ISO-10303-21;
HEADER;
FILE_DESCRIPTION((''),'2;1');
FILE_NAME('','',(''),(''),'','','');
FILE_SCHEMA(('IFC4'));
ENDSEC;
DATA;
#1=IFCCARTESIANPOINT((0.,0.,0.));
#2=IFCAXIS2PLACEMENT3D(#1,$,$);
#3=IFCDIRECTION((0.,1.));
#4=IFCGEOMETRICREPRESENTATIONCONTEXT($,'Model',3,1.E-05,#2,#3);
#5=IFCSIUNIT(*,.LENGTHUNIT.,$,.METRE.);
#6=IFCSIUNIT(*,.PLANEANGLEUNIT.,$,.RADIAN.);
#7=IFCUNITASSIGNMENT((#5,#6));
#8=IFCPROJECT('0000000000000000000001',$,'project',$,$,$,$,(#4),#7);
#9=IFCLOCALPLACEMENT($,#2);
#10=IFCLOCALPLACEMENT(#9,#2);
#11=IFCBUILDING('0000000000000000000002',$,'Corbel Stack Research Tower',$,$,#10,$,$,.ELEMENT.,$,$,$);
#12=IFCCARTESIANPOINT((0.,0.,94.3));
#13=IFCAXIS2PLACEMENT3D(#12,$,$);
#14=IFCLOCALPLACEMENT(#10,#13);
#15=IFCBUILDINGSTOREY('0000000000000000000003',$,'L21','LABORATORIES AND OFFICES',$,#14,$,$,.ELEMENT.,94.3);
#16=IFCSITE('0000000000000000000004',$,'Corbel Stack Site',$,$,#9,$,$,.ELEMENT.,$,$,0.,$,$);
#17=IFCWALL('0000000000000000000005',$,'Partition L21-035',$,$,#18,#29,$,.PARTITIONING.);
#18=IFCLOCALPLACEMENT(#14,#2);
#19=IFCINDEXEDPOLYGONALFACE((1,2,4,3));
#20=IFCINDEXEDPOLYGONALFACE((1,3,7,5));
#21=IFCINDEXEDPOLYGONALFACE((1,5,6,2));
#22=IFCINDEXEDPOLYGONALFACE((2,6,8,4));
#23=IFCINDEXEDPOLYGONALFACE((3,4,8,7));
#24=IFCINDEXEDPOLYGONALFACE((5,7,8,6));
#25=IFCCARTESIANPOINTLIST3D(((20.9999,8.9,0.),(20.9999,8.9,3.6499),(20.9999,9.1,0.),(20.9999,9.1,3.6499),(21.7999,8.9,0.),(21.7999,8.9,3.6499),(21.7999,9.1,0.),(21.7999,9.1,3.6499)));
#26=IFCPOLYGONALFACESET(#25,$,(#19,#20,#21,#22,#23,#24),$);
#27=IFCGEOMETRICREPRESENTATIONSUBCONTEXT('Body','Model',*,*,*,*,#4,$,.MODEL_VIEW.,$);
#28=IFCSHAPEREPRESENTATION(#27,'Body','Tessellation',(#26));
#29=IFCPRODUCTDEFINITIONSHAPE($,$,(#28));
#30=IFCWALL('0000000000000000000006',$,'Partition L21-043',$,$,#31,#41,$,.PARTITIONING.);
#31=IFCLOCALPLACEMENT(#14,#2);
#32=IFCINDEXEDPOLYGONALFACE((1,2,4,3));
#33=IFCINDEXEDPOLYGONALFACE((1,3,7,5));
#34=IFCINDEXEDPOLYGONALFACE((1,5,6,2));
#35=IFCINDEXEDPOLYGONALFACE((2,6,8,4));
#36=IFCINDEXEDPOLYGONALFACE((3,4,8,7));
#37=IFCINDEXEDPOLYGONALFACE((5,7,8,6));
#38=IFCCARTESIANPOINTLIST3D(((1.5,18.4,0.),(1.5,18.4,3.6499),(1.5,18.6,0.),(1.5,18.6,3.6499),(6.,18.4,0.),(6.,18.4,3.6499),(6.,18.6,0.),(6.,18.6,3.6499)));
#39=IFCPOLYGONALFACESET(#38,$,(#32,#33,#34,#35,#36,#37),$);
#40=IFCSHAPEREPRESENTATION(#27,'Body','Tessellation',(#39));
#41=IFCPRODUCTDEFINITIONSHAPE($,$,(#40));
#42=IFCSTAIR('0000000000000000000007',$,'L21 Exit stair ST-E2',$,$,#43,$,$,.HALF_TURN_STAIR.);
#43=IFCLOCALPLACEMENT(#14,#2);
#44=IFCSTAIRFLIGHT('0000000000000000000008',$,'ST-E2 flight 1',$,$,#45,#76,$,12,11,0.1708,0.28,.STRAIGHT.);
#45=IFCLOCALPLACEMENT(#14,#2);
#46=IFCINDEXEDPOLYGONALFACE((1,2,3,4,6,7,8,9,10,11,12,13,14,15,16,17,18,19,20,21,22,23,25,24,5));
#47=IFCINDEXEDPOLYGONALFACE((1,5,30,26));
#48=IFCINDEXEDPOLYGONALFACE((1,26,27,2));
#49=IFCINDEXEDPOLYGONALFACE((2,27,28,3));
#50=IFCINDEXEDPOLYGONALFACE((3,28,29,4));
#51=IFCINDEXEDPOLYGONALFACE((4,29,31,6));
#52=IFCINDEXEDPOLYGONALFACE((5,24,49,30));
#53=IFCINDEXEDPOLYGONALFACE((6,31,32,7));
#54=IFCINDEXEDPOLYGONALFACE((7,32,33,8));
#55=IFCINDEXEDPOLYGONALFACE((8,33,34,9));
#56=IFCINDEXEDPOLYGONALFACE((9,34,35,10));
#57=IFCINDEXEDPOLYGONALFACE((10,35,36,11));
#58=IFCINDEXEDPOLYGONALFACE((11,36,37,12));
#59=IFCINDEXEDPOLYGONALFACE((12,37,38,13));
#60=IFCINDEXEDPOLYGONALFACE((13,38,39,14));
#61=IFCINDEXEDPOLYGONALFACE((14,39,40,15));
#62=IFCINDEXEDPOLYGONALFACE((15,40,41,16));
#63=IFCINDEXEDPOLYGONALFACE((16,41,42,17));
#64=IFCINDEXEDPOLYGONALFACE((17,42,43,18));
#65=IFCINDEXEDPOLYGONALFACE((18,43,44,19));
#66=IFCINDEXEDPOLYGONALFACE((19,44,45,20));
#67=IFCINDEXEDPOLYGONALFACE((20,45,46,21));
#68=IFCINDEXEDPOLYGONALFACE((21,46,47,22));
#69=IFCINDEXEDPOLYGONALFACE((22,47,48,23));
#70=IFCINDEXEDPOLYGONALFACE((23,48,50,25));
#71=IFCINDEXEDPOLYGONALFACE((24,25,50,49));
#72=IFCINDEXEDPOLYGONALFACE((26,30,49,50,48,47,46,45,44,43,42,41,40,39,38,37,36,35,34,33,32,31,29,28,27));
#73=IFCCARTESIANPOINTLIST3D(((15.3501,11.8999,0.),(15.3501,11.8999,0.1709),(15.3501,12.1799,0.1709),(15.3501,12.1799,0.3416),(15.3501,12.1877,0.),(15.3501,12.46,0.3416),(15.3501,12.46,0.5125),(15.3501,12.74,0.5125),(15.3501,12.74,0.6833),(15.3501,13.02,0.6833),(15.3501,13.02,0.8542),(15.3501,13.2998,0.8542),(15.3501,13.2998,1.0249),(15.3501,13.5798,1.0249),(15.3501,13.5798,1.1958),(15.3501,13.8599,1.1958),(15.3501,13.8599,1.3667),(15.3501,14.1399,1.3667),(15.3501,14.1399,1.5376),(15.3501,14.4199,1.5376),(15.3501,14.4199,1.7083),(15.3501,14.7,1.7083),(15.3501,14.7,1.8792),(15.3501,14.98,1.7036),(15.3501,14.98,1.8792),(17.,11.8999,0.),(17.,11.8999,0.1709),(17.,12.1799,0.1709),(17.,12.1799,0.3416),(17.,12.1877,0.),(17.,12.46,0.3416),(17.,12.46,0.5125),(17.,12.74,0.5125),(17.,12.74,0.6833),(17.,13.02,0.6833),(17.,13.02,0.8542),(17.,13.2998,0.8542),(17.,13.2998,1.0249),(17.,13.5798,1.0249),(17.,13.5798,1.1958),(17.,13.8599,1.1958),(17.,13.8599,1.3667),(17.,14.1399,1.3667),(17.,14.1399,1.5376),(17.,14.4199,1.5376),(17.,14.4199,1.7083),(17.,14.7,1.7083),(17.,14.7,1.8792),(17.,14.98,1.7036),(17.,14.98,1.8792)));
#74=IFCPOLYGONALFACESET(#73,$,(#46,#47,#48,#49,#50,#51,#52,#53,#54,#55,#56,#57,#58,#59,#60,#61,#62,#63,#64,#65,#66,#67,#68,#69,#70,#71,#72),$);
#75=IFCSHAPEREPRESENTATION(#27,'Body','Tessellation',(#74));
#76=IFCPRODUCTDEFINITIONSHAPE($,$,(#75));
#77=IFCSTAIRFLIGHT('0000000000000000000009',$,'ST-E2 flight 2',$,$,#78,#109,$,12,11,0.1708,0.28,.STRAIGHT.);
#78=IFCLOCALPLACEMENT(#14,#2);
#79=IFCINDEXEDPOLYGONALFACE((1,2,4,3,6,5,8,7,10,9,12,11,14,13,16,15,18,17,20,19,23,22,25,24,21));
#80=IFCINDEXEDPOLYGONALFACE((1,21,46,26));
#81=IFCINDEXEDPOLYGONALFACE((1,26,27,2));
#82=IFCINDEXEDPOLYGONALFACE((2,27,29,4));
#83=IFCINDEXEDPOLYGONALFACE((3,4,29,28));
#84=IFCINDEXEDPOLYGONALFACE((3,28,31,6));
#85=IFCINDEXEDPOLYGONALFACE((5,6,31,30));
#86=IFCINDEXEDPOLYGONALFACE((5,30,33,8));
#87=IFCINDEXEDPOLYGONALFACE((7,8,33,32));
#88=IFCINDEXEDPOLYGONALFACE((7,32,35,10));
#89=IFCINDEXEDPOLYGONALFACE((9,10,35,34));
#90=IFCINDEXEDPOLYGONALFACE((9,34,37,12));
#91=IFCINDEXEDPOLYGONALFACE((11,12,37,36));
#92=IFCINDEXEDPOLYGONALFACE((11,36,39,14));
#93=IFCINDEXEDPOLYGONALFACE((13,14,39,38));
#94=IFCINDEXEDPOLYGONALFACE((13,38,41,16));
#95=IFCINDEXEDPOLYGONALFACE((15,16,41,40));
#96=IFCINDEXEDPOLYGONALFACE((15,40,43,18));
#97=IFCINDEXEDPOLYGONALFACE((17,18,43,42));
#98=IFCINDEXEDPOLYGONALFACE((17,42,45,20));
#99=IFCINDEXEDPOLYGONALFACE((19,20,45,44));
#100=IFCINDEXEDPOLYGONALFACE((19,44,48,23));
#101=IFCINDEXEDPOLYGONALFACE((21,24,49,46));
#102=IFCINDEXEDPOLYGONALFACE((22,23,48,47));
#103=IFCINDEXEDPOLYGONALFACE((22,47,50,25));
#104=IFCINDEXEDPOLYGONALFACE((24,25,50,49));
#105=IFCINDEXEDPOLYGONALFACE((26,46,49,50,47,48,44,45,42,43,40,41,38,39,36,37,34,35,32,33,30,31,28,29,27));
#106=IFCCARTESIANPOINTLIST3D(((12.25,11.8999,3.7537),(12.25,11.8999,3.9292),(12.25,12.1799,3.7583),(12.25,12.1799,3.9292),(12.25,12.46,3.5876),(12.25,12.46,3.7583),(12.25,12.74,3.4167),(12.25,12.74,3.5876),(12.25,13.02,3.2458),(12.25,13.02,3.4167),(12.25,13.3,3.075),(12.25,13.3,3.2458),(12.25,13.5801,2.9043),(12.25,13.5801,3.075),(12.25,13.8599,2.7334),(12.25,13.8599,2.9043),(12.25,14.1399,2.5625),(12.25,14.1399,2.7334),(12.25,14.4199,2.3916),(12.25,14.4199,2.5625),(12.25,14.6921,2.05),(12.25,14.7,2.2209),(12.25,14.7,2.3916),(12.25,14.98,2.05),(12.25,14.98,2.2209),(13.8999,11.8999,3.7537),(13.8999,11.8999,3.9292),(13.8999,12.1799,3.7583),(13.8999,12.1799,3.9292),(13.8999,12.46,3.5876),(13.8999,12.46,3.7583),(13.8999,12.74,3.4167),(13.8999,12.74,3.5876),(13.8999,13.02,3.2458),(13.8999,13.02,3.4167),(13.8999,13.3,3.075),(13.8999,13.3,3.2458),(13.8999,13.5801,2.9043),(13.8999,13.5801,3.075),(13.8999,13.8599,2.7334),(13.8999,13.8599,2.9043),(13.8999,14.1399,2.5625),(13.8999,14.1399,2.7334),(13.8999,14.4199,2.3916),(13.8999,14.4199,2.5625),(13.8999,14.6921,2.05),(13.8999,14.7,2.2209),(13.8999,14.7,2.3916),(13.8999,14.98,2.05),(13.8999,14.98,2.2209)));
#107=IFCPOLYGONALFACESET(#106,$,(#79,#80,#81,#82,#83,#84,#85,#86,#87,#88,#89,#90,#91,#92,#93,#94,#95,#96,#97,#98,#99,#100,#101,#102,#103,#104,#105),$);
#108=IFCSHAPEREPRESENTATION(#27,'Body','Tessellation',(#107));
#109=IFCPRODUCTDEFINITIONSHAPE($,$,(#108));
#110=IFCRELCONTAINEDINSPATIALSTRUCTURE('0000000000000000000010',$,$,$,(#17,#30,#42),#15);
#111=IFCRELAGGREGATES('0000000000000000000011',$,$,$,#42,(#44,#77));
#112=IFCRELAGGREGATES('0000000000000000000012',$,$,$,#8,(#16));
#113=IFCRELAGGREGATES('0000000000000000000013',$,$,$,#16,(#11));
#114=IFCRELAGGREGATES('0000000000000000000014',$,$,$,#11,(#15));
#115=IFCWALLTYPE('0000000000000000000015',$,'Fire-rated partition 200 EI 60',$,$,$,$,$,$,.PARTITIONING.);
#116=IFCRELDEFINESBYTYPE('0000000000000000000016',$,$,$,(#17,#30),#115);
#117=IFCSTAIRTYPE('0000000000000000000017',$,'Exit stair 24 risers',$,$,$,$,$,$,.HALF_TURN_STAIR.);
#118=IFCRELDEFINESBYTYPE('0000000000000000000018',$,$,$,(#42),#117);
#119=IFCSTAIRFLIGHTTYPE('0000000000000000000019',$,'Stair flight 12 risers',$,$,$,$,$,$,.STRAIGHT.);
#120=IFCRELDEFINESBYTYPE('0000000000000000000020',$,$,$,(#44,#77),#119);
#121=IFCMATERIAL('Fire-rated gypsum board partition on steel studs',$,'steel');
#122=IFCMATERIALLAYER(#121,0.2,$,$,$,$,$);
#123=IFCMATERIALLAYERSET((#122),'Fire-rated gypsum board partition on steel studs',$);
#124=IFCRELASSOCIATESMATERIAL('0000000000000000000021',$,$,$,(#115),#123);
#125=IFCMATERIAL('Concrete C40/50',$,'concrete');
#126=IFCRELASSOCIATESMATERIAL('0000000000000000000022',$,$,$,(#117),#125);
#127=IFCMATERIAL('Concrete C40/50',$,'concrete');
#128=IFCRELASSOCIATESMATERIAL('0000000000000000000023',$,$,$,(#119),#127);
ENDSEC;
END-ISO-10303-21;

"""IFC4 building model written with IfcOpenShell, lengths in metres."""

from ifc_helpers import new_model, si_unit, direction, frame, frame_2d, origin, place, context, subcontext, project, spatial, polyline, rectangle, outline, extrude, material, layer, layer_set, type_object, element, aggregate, save


model = new_model("IFC4")

# Units and contexts
model_context = context("Model", 3, precision=1e-05, world=origin(), true_north=direction((0.0, 1.0)))
body_context = subcontext(model_context, "Body", "Model", "MODEL_VIEW")
ifc_project = project(units=[si_unit("LENGTHUNIT", "METRE"), si_unit("PLANEANGLEUNIT", "RADIAN")], contexts=[model_context])

# Site, building, storey
site_placement = place(None, origin())
site = spatial("IfcSite", under=ifc_project, at=site_placement, Name="Corbel Stack Site", CompositionType="ELEMENT", RefElevation=0.0)
building_placement = place(site_placement, origin())
building = spatial("IfcBuilding", under=site, at=building_placement, Name="Corbel Stack Research Tower", CompositionType="ELEMENT")
storey_placement = place(building_placement, frame((0.0, 0.0, 94.3)))
storey = spatial("IfcBuildingStorey", under=building, at=storey_placement, Name="L21", Description="LABORATORIES AND OFFICES", CompositionType="ELEMENT", Elevation=94.3)

# Walls
ifc_material_1 = material(Name="Fire-rated gypsum board partition on steel studs", Category="steel")
ifc_layer_1 = layer(ifc_material_1, 0.2)
ifc_layer_set_1 = layer_set([ifc_layer_1], Name="Fire-rated gypsum board partition on steel studs")
wall_type_1 = type_object("IfcWallType", Name="Fire-rated partition 200 EI 60", PredefinedType="PARTITIONING", material=ifc_layer_set_1)
wall_1_placement = place(storey_placement, frame((21.0, 9.0, 0.0), z_axis=(0.0, 0.0, 1.0), x_axis=(1.0, 0.0, 0.0)))
element("IfcWall", 1, at=wall_1_placement, inside=storey, type_object=wall_type_1, Name="Partition L21-035", PredefinedType="PARTITIONING", context=body_context, shape_type="SweptSolid", body=[
    extrude(rectangle(XDim=0.8, YDim=0.2, at=frame_2d((0.3999, 0.0))), origin(), (0.0, 0.0, 1.0), 3.6499),
])
wall_2_placement = place(storey_placement, frame((1.5, 18.5, 0.0), z_axis=(0.0, 0.0, 1.0), x_axis=(1.0, 0.0, 0.0)))
element("IfcWall", 2, at=wall_2_placement, inside=storey, type_object=wall_type_1, Name="Partition L21-043", PredefinedType="PARTITIONING", context=body_context, shape_type="SweptSolid", body=[
    extrude(rectangle(XDim=4.5, YDim=0.2, at=frame_2d((2.25, 0.0))), origin(), (0.0, 0.0, 1.0), 3.6499),
])

# Stair, stair flights
ifc_material_2 = material(Name="Concrete C40/50", Category="concrete")
stair_type = type_object("IfcStairType", Name="Exit stair 24 risers", PredefinedType="HALF_TURN_STAIR", material=ifc_material_2)
stair_placement = place(storey_placement, origin())
stair = element("IfcStair", 3, at=stair_placement, inside=storey, type_object=stair_type, Name="L21 Exit stair ST-E2", PredefinedType="HALF_TURN_STAIR")
ifc_material_3 = material(Name="Concrete C40/50", Category="concrete")
stair_flight_type = type_object("IfcStairFlightType", Name="Stair flight 12 risers", PredefinedType="STRAIGHT", material=ifc_material_3)
stair_flight_1_placement = place(storey_placement, frame((16.175, 11.8999, 0.0), z_axis=(0.0, 0.0, 1.0), x_axis=(0.0, 1.0, 0.0)))
stair_flight_1 = element("IfcStairFlight", 4, at=stair_flight_1_placement, type_object=stair_flight_type, Name="ST-E2 flight 1", NumberOfRisers=12, NumberOfTreads=11, PredefinedType="STRAIGHT", RiserHeight=0.1708, TreadLength=0.28, context=body_context, shape_type="SweptSolid", body=[
    extrude(outline(polyline([(0.0, 0.0), (0.0, 0.1709), (0.28, 0.1709), (0.28, 0.3416), (0.5601, 0.3416), (0.5601, 0.5125), (0.8401, 0.5125), (0.8401, 0.6833), (1.1201, 0.6833), (1.1201, 0.8542), (1.3999, 0.8542), (1.3999, 1.0249), (1.6799, 1.0249), (1.6799, 1.1958), (1.96, 1.1958), (1.96, 1.3667), (2.24, 1.3667), (2.24, 1.5376), (2.52, 1.5376), (2.52, 1.7083), (2.8, 1.7083), (2.8, 1.8792), (3.0801, 1.8792), (3.0801, 2.05), (3.0801, 1.7036), (0.2878, 0.0), (0.0, 0.0)])), frame((0.0, 0.825, 0.0), z_axis=(0.0, -1.0, 0.0), x_axis=(1.0, 0.0, 0.0)), (0.0, 0.0, 1.0), 1.6499),
])
stair_flight_2_placement = place(storey_placement, frame((13.075, 14.98, 2.05), z_axis=(0.0, 0.0, 1.0), x_axis=(0.0, -1.0, 0.0)))
stair_flight_2 = element("IfcStairFlight", 5, at=stair_flight_2_placement, type_object=stair_flight_type, Name="ST-E2 flight 2", NumberOfRisers=12, NumberOfTreads=11, PredefinedType="STRAIGHT", RiserHeight=0.1708, TreadLength=0.28, context=body_context, shape_type="SweptSolid", body=[
    extrude(outline(polyline([(0.0, 0.0), (0.0, 0.1709), (0.28, 0.1709), (0.28, 0.3416), (0.5601, 0.3416), (0.5601, 0.5125), (0.8401, 0.5125), (0.8401, 0.6833), (1.1201, 0.6833), (1.1201, 0.8542), (1.3999, 0.8542), (1.3999, 1.0249), (1.6799, 1.0249), (1.6799, 1.1958), (1.96, 1.1958), (1.96, 1.3667), (2.24, 1.3667), (2.24, 1.5376), (2.52, 1.5376), (2.52, 1.7083), (2.8, 1.7083), (2.8, 1.8792), (3.0801, 1.8792), (3.0801, 2.05), (3.0801, 1.7036), (0.2878, 0.0), (0.0, 0.0)])), frame((0.0, 0.825, 0.0), z_axis=(0.0, -1.0, 0.0), x_axis=(1.0, 0.0, 0.0)), (0.0, 0.0, 1.0), 1.6499),
])
aggregate(stair, [stair_flight_1, stair_flight_2])

save(model, "model.ifc")
